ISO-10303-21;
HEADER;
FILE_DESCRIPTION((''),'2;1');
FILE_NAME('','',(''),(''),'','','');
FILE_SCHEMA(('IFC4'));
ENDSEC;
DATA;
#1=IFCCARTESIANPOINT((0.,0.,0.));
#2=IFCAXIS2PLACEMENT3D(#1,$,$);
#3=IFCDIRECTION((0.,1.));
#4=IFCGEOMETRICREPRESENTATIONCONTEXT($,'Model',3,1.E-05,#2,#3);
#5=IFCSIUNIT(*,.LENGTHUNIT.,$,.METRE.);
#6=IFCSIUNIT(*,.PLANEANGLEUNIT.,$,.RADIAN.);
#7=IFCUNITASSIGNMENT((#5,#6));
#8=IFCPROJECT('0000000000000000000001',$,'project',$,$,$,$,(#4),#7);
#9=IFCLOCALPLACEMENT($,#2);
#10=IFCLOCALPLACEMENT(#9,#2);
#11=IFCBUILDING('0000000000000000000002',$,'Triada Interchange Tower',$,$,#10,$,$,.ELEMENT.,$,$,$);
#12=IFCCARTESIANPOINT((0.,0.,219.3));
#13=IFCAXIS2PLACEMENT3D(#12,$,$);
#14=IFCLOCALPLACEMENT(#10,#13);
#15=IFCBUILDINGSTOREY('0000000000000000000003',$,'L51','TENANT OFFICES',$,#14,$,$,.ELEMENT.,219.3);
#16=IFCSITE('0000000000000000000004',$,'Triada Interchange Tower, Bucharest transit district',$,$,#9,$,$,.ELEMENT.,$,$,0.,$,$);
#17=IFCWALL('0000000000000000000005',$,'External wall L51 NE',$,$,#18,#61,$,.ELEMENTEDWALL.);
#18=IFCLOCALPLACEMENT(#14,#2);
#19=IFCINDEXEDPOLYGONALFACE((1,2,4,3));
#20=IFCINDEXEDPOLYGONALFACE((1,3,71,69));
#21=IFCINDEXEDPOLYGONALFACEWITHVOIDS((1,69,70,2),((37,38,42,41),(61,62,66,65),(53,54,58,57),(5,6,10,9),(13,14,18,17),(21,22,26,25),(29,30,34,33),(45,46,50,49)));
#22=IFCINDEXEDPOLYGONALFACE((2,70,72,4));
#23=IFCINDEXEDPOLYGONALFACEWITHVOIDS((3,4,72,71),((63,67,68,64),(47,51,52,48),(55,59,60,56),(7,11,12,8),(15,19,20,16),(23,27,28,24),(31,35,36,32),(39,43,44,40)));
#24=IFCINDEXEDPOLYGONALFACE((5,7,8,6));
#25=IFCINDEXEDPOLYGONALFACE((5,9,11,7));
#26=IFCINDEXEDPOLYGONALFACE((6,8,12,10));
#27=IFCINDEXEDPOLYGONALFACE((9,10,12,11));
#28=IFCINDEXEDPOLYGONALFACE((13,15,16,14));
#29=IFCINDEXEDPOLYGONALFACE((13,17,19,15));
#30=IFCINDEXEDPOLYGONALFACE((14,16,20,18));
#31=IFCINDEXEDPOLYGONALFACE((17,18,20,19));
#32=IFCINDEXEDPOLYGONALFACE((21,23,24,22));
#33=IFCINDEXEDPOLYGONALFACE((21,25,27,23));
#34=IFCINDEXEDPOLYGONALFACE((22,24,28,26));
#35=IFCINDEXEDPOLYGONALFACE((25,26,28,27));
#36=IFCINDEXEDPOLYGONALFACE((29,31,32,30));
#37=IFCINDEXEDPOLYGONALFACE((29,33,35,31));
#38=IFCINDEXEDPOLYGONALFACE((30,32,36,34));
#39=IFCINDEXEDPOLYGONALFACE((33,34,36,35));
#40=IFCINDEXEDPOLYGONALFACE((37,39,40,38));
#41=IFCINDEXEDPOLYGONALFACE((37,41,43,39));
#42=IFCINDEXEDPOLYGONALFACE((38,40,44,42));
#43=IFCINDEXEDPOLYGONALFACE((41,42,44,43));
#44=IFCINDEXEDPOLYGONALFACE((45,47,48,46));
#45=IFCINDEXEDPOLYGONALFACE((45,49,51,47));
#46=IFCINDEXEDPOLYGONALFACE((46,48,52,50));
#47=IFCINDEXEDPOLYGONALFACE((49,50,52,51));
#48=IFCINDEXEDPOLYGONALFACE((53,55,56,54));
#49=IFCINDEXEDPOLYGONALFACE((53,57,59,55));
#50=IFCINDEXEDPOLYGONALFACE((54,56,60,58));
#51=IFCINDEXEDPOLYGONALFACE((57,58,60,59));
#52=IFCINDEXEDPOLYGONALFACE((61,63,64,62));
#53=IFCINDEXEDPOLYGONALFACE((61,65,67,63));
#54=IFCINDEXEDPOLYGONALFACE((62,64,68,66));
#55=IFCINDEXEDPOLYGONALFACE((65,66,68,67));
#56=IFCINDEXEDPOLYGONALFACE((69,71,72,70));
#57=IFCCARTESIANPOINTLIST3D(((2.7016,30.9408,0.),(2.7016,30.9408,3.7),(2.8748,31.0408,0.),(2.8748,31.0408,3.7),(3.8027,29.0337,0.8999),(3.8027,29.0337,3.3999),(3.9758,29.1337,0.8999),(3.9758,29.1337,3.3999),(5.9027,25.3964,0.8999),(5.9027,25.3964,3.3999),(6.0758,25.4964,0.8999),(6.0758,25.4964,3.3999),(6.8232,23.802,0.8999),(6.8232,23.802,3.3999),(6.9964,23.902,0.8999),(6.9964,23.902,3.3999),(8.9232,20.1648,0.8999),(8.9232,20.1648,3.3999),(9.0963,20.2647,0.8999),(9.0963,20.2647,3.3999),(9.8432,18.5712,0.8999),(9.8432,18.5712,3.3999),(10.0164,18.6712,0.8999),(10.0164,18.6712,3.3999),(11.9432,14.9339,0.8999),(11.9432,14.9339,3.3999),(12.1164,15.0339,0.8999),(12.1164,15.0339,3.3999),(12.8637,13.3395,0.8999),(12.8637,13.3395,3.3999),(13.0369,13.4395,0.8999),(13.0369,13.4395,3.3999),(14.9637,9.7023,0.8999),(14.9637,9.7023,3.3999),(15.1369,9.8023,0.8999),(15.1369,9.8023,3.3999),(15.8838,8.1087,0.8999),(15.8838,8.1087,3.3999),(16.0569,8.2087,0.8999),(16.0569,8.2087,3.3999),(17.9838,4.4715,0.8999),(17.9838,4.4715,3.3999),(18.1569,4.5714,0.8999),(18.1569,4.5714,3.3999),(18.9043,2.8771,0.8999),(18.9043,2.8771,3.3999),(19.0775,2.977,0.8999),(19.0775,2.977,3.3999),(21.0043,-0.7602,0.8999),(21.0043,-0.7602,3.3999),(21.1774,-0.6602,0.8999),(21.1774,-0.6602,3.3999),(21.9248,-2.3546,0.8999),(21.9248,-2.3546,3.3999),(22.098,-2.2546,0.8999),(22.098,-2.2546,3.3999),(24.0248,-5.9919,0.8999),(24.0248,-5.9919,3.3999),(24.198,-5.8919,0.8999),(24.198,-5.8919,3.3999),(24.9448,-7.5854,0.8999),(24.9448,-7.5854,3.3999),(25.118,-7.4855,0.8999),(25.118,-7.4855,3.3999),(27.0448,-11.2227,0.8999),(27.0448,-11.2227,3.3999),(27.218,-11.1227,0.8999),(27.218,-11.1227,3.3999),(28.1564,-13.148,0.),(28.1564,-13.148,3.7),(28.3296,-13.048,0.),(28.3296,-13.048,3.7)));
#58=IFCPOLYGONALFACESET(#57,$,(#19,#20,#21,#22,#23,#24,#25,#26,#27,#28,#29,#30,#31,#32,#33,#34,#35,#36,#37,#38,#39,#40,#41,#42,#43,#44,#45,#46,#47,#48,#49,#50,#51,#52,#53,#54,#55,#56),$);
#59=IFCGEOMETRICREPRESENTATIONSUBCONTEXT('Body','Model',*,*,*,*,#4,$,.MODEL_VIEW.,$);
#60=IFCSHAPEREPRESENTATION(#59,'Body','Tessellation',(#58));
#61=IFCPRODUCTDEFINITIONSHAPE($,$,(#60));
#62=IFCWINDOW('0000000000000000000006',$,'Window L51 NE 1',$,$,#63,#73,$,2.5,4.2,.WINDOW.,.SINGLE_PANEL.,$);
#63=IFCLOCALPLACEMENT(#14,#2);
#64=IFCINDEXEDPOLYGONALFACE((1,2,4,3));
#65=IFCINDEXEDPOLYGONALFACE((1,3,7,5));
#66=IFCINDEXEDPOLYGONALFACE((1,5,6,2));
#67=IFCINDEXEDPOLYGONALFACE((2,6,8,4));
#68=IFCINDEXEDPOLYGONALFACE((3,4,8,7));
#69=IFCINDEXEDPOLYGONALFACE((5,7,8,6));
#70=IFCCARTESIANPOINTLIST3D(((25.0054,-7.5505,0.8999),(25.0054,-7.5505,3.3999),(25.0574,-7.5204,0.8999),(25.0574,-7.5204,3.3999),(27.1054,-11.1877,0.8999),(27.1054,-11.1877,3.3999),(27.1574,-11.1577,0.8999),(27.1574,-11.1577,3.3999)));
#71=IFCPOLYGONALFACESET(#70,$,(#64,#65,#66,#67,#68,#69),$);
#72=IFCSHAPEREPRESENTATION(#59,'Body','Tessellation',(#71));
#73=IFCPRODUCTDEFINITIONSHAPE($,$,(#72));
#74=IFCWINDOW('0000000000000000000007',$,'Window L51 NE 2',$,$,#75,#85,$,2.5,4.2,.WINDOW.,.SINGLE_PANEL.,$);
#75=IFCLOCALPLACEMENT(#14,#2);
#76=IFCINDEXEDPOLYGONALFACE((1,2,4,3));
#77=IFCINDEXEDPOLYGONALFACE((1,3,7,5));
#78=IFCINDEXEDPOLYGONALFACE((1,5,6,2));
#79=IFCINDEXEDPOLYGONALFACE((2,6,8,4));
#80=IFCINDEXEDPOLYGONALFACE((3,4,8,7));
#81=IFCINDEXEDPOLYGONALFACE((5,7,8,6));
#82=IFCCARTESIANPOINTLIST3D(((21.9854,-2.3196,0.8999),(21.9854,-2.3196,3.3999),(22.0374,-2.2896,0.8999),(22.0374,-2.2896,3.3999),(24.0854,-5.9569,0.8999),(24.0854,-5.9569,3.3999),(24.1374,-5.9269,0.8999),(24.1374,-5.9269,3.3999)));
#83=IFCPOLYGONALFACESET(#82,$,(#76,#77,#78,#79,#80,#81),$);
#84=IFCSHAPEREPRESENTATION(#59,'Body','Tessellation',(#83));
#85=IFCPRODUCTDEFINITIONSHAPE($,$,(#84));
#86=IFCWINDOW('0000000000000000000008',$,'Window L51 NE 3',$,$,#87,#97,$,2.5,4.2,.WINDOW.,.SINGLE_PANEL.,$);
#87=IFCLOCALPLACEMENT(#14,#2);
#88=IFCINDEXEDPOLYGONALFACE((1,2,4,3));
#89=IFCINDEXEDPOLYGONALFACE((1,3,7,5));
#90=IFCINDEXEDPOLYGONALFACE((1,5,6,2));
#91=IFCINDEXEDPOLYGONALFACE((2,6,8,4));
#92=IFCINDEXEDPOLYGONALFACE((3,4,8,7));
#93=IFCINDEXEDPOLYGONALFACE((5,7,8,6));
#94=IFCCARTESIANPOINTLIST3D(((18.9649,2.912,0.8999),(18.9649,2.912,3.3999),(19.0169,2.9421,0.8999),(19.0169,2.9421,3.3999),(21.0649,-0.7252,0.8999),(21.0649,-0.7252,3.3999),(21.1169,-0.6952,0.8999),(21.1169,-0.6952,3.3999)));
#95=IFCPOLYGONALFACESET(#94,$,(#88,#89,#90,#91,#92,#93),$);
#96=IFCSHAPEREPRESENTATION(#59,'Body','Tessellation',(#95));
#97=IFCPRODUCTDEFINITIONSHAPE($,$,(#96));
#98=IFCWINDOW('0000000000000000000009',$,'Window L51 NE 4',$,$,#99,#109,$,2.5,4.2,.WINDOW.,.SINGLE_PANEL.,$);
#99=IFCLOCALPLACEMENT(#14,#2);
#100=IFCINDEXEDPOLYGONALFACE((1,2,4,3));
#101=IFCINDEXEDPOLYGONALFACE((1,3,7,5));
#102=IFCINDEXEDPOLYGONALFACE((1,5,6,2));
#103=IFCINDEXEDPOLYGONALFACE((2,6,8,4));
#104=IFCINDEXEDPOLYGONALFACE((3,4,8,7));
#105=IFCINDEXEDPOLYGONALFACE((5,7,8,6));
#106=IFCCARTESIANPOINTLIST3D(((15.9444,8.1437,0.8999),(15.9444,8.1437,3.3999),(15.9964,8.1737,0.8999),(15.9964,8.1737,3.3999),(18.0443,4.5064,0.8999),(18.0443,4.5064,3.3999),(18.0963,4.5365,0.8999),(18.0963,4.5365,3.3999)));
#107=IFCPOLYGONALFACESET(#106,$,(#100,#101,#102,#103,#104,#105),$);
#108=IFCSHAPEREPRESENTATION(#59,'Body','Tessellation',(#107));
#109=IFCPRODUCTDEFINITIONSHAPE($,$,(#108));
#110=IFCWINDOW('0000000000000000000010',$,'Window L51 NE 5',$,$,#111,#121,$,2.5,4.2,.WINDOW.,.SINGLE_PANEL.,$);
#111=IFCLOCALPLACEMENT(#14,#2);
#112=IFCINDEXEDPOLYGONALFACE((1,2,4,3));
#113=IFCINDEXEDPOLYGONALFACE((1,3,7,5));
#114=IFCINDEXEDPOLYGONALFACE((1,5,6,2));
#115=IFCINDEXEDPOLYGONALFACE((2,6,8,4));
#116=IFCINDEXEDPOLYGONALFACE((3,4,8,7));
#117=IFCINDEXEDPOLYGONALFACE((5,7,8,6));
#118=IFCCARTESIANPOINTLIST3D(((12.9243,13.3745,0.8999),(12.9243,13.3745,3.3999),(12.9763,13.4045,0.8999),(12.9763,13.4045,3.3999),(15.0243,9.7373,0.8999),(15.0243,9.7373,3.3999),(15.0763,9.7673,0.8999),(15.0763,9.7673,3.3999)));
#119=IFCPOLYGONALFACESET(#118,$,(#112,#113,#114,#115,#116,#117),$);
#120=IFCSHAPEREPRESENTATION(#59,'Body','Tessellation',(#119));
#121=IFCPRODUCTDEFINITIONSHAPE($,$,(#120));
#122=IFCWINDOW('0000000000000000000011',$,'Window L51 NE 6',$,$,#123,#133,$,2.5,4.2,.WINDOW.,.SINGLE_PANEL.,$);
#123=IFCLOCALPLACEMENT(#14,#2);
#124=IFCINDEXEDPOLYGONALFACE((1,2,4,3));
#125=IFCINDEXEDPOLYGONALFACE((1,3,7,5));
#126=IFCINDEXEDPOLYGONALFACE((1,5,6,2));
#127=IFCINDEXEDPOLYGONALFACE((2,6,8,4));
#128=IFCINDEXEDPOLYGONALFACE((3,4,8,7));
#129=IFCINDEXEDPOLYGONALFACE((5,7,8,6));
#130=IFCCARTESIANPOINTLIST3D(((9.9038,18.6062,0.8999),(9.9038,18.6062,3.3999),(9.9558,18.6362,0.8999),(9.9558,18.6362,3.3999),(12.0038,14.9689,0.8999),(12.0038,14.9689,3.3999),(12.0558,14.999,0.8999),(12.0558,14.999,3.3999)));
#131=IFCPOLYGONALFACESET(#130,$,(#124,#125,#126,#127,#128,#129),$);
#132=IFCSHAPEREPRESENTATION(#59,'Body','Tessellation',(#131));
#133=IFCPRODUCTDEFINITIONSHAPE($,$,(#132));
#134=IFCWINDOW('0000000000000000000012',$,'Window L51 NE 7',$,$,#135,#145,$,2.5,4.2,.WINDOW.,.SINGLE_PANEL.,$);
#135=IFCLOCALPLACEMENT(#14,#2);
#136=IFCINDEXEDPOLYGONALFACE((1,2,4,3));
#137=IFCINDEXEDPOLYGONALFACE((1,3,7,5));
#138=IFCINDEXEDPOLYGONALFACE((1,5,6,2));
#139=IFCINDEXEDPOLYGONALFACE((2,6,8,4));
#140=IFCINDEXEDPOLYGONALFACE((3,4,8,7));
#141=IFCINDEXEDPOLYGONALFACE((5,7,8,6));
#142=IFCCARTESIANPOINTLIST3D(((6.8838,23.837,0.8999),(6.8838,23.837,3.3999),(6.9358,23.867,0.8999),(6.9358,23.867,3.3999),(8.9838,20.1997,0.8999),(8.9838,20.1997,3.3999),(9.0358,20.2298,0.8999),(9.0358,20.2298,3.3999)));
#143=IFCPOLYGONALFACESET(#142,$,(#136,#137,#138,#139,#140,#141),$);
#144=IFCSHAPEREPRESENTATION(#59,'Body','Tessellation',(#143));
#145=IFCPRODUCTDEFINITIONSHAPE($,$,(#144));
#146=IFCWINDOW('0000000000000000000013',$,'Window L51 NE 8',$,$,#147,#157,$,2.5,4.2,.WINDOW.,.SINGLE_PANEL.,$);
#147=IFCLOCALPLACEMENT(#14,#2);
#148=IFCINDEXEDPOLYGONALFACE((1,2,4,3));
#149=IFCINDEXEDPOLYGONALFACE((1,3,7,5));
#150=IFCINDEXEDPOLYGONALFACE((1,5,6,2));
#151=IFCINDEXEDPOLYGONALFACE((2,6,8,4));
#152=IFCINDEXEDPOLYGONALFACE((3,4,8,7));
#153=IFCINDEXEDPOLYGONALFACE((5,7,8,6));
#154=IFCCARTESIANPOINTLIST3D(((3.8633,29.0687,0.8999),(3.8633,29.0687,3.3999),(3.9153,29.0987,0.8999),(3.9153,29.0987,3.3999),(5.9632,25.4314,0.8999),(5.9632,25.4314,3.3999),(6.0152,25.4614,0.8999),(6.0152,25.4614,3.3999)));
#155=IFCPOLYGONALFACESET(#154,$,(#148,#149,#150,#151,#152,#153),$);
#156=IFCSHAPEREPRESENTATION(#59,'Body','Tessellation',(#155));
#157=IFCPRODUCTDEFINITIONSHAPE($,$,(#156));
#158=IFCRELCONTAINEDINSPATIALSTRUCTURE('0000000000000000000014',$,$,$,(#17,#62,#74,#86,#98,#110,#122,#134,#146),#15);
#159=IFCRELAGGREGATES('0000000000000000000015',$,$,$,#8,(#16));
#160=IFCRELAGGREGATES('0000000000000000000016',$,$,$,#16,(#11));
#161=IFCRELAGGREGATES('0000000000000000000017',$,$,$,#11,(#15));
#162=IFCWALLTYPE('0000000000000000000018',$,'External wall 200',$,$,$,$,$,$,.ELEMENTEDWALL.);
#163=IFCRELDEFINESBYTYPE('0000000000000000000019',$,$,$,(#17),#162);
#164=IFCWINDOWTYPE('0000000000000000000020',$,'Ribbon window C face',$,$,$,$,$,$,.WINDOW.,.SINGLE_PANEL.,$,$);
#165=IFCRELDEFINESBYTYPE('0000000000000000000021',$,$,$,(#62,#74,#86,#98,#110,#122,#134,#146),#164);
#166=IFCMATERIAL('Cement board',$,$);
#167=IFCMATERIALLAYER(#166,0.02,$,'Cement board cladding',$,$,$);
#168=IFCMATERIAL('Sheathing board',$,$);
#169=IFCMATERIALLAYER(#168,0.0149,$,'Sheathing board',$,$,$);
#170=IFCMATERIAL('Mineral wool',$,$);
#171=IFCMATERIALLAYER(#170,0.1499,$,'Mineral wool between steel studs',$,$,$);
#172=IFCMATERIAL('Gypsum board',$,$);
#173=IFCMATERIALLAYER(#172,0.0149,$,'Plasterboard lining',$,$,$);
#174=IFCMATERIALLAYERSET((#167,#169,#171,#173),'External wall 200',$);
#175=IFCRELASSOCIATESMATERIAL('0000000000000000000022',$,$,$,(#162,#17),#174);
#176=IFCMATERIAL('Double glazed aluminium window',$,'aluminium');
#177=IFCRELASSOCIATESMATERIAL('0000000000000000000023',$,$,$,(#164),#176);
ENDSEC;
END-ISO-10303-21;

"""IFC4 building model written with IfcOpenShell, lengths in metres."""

from ifc_helpers import new_model, si_unit, direction, frame, frame_2d, origin, place, context, subcontext, project, spatial, rectangle, extrude, material, layer, layer_set, layer_usage, type_object, element, fill, save


model = new_model("IFC4")

# Units and contexts
model_context = context("Model", 3, precision=1e-05, world=origin(), true_north=direction((0.0, 1.0)))
body_context = subcontext(model_context, "Body", "Model", "MODEL_VIEW")
ifc_project = project(units=[si_unit("LENGTHUNIT", "METRE"), si_unit("PLANEANGLEUNIT", "RADIAN")], contexts=[model_context])

# Site, building, storey
site_placement = place(None, origin())
site = spatial("IfcSite", under=ifc_project, at=site_placement, Name="Triada Interchange Tower, Bucharest transit district", CompositionType="ELEMENT", RefElevation=0.0)
building_placement = place(site_placement, origin())
building = spatial("IfcBuilding", under=site, at=building_placement, Name="Triada Interchange Tower", CompositionType="ELEMENT")
storey_placement = place(building_placement, frame((0.0, 0.0, 219.3)))
storey = spatial("IfcBuildingStorey", under=building, at=storey_placement, Name="L51", Description="TENANT OFFICES", CompositionType="ELEMENT", Elevation=219.3)

# Shared definitions
ifc_material_1 = material(Name="Cement board")
ifc_layer_1 = layer(ifc_material_1, 0.02, Name="Cement board cladding")
ifc_material_2 = material(Name="Sheathing board")
ifc_layer_2 = layer(ifc_material_2, 0.0149, Name="Sheathing board")
ifc_material_3 = material(Name="Mineral wool")
ifc_layer_3 = layer(ifc_material_3, 0.1499, Name="Mineral wool between steel studs")
ifc_material_4 = material(Name="Gypsum board")
ifc_layer_4 = layer(ifc_material_4, 0.0149, Name="Plasterboard lining")
ifc_layer_set_1 = layer_set([ifc_layer_1, ifc_layer_2, ifc_layer_3, ifc_layer_4], Name="External wall 200")
ifc_layer_usage = layer_usage(ifc_layer_set_1, "AXIS2", "POSITIVE", -0.1001)
wall_type = type_object("IfcWallType", Name="External wall 200", PredefinedType="ELEMENTEDWALL", material=ifc_layer_set_1)
ifc_material_5 = material(Name="Double glazed aluminium window", Category="aluminium")

# Wall, openings, windows
wall_1_placement = place(storey_placement, frame((28.2429, -13.0979, 0.0), z_axis=(0.0, 0.0, 1.0), x_axis=(-0.500002, 0.866024, 0.0)))
wall_1 = element("IfcWall", 1, at=wall_1_placement, inside=storey, type_object=wall_type, material=ifc_layer_usage, Name="External wall L51 NE", PredefinedType="ELEMENTEDWALL", context=body_context, shape_type="SweptSolid", body=[
    extrude(rectangle(XDim=50.9094, YDim=0.2, at=frame_2d((25.4546, 0.0))), origin(), (0.0, 0.0, 1.0), 3.7),
])
opening_1_placement = place(wall_1_placement, frame((2.2229, 0.0, 0.8999)))
opening_1 = element("IfcOpeningElement", 2, at=opening_1_placement, cuts=wall_1, PredefinedType="OPENING", context=body_context, shape_type="SweptSolid", body=[
    extrude(rectangle(XDim=4.2, YDim=2.5, at=frame_2d((2.1001, 1.25))), frame((0.0, 0.1099, 0.0), z_axis=(0.0, -1.0, 0.0), x_axis=(1.0, 0.0, 0.0)), (0.0, 0.0, 1.0), 0.22),
])
opening_2_placement = place(wall_1_placement, frame((8.2629, 0.0, 0.8999)))
opening_2 = element("IfcOpeningElement", 3, at=opening_2_placement, cuts=wall_1, PredefinedType="OPENING", context=body_context, shape_type="SweptSolid", body=[
    extrude(rectangle(XDim=4.2, YDim=2.5, at=frame_2d((2.1001, 1.25))), frame((0.0, 0.1099, 0.0), z_axis=(0.0, -1.0, 0.0), x_axis=(1.0, 0.0, 0.0)), (0.0, 0.0, 1.0), 0.22),
])
opening_3_placement = place(wall_1_placement, frame((14.304, 0.0, 0.8999)))
opening_3 = element("IfcOpeningElement", 4, at=opening_3_placement, cuts=wall_1, PredefinedType="OPENING", context=body_context, shape_type="SweptSolid", body=[
    extrude(rectangle(XDim=4.2, YDim=2.5, at=frame_2d((2.1001, 1.25))), frame((0.0, 0.1099, 0.0), z_axis=(0.0, -1.0, 0.0), x_axis=(1.0, 0.0, 0.0)), (0.0, 0.0, 1.0), 0.22),
])
opening_4_placement = place(wall_1_placement, frame((20.345, 0.0, 0.8999)))
opening_4 = element("IfcOpeningElement", 5, at=opening_4_placement, cuts=wall_1, PredefinedType="OPENING", context=body_context, shape_type="SweptSolid", body=[
    extrude(rectangle(XDim=4.2, YDim=2.5, at=frame_2d((2.1001, 1.25))), frame((0.0, 0.1099, 0.0), z_axis=(0.0, -1.0, 0.0), x_axis=(1.0, 0.0, 0.0)), (0.0, 0.0, 1.0), 0.22),
])
opening_5_placement = place(wall_1_placement, frame((26.385, 0.0, 0.8999)))
opening_5 = element("IfcOpeningElement", 6, at=opening_5_placement, cuts=wall_1, PredefinedType="OPENING", context=body_context, shape_type="SweptSolid", body=[
    extrude(rectangle(XDim=4.2, YDim=2.5, at=frame_2d((2.1001, 1.25))), frame((0.0, 0.1099, 0.0), z_axis=(0.0, -1.0, 0.0), x_axis=(1.0, 0.0, 0.0)), (0.0, 0.0, 1.0), 0.22),
])
opening_6_placement = place(wall_1_placement, frame((32.426, 0.0, 0.8999)))
opening_6 = element("IfcOpeningElement", 7, at=opening_6_placement, cuts=wall_1, PredefinedType="OPENING", context=body_context, shape_type="SweptSolid", body=[
    extrude(rectangle(XDim=4.2, YDim=2.5, at=frame_2d((2.1001, 1.25))), frame((0.0, 0.1099, 0.0), z_axis=(0.0, -1.0, 0.0), x_axis=(1.0, 0.0, 0.0)), (0.0, 0.0, 1.0), 0.22),
])
opening_7_placement = place(wall_1_placement, frame((38.4661, 0.0, 0.8999)))
opening_7 = element("IfcOpeningElement", 8, at=opening_7_placement, cuts=wall_1, PredefinedType="OPENING", context=body_context, shape_type="SweptSolid", body=[
    extrude(rectangle(XDim=4.2, YDim=2.5, at=frame_2d((2.1001, 1.25))), frame((0.0, 0.1099, 0.0), z_axis=(0.0, -1.0, 0.0), x_axis=(1.0, 0.0, 0.0)), (0.0, 0.0, 1.0), 0.22),
])
opening_8_placement = place(wall_1_placement, frame((44.5071, 0.0, 0.8999)))
opening_8 = element("IfcOpeningElement", 9, at=opening_8_placement, cuts=wall_1, PredefinedType="OPENING", context=body_context, shape_type="SweptSolid", body=[
    extrude(rectangle(XDim=4.2, YDim=2.5, at=frame_2d((2.1001, 1.25))), frame((0.0, 0.1099, 0.0), z_axis=(0.0, -1.0, 0.0), x_axis=(1.0, 0.0, 0.0)), (0.0, 0.0, 1.0), 0.22),
])
window_type_1 = type_object("IfcWindowType", Name="Ribbon window C face", PartitioningType="SINGLE_PANEL", PredefinedType="WINDOW", material=ifc_material_5)
window_1_placement = place(opening_1_placement, origin())
window_1 = element("IfcWindow", 10, at=window_1_placement, inside=storey, type_object=window_type_1, Name="Window L51 NE 1", OverallHeight=2.5, OverallWidth=4.2, PartitioningType="SINGLE_PANEL", PredefinedType="WINDOW", context=body_context, shape_type="SweptSolid", body=[
    extrude(rectangle(XDim=4.2, YDim=2.5, at=frame_2d((2.1001, 1.25))), frame((0.0, 0.03, 0.0), z_axis=(0.0, -1.0, 0.0), x_axis=(1.0, 0.0, 0.0)), (0.0, 0.0, 1.0), 0.0601),
])
fill(opening_1, window_1)
window_2_placement = place(opening_2_placement, origin())
window_2 = element("IfcWindow", 11, at=window_2_placement, inside=storey, type_object=window_type_1, Name="Window L51 NE 2", OverallHeight=2.5, OverallWidth=4.2, PartitioningType="SINGLE_PANEL", PredefinedType="WINDOW", context=body_context, shape_type="SweptSolid", body=[
    extrude(rectangle(XDim=4.2, YDim=2.5, at=frame_2d((2.1001, 1.25))), frame((0.0, 0.03, 0.0), z_axis=(0.0, -1.0, 0.0), x_axis=(1.0, 0.0, 0.0)), (0.0, 0.0, 1.0), 0.0601),
])
fill(opening_2, window_2)
window_3_placement = place(opening_3_placement, origin())
window_3 = element("IfcWindow", 12, at=window_3_placement, inside=storey, type_object=window_type_1, Name="Window L51 NE 3", OverallHeight=2.5, OverallWidth=4.2, PartitioningType="SINGLE_PANEL", PredefinedType="WINDOW", context=body_context, shape_type="SweptSolid", body=[
    extrude(rectangle(XDim=4.2, YDim=2.5, at=frame_2d((2.1001, 1.25))), frame((0.0, 0.03, 0.0), z_axis=(0.0, -1.0, 0.0), x_axis=(1.0, 0.0, 0.0)), (0.0, 0.0, 1.0), 0.0601),
])
fill(opening_3, window_3)
window_4_placement = place(opening_4_placement, origin())
window_4 = element("IfcWindow", 13, at=window_4_placement, inside=storey, type_object=window_type_1, Name="Window L51 NE 4", OverallHeight=2.5, OverallWidth=4.2, PartitioningType="SINGLE_PANEL", PredefinedType="WINDOW", context=body_context, shape_type="SweptSolid", body=[
    extrude(rectangle(XDim=4.2, YDim=2.5, at=frame_2d((2.1001, 1.25))), frame((0.0, 0.03, 0.0), z_axis=(0.0, -1.0, 0.0), x_axis=(1.0, 0.0, 0.0)), (0.0, 0.0, 1.0), 0.0601),
])
fill(opening_4, window_4)
window_5_placement = place(opening_5_placement, origin())
window_5 = element("IfcWindow", 14, at=window_5_placement, inside=storey, type_object=window_type_1, Name="Window L51 NE 5", OverallHeight=2.5, OverallWidth=4.2, PartitioningType="SINGLE_PANEL", PredefinedType="WINDOW", context=body_context, shape_type="SweptSolid", body=[
    extrude(rectangle(XDim=4.2, YDim=2.5, at=frame_2d((2.1001, 1.25))), frame((0.0, 0.03, 0.0), z_axis=(0.0, -1.0, 0.0), x_axis=(1.0, 0.0, 0.0)), (0.0, 0.0, 1.0), 0.0601),
])
fill(opening_5, window_5)
window_6_placement = place(opening_6_placement, origin())
window_6 = element("IfcWindow", 15, at=window_6_placement, inside=storey, type_object=window_type_1, Name="Window L51 NE 6", OverallHeight=2.5, OverallWidth=4.2, PartitioningType="SINGLE_PANEL", PredefinedType="WINDOW", context=body_context, shape_type="SweptSolid", body=[
    extrude(rectangle(XDim=4.2, YDim=2.5, at=frame_2d((2.1001, 1.25))), frame((0.0, 0.03, 0.0), z_axis=(0.0, -1.0, 0.0), x_axis=(1.0, 0.0, 0.0)), (0.0, 0.0, 1.0), 0.0601),
])
fill(opening_6, window_6)
window_7_placement = place(opening_7_placement, origin())
window_7 = element("IfcWindow", 16, at=window_7_placement, inside=storey, type_object=window_type_1, Name="Window L51 NE 7", OverallHeight=2.5, OverallWidth=4.2, PartitioningType="SINGLE_PANEL", PredefinedType="WINDOW", context=body_context, shape_type="SweptSolid", body=[
    extrude(rectangle(XDim=4.2, YDim=2.5, at=frame_2d((2.1001, 1.25))), frame((0.0, 0.03, 0.0), z_axis=(0.0, -1.0, 0.0), x_axis=(1.0, 0.0, 0.0)), (0.0, 0.0, 1.0), 0.0601),
])
fill(opening_7, window_7)
window_8_placement = place(opening_8_placement, origin())
window_8 = element("IfcWindow", 17, at=window_8_placement, inside=storey, type_object=window_type_1, Name="Window L51 NE 8", OverallHeight=2.5, OverallWidth=4.2, PartitioningType="SINGLE_PANEL", PredefinedType="WINDOW", context=body_context, shape_type="SweptSolid", body=[
    extrude(rectangle(XDim=4.2, YDim=2.5, at=frame_2d((2.1001, 1.25))), frame((0.0, 0.03, 0.0), z_axis=(0.0, -1.0, 0.0), x_axis=(1.0, 0.0, 0.0)), (0.0, 0.0, 1.0), 0.0601),
])
fill(opening_8, window_8)

save(model, "model.ifc")
